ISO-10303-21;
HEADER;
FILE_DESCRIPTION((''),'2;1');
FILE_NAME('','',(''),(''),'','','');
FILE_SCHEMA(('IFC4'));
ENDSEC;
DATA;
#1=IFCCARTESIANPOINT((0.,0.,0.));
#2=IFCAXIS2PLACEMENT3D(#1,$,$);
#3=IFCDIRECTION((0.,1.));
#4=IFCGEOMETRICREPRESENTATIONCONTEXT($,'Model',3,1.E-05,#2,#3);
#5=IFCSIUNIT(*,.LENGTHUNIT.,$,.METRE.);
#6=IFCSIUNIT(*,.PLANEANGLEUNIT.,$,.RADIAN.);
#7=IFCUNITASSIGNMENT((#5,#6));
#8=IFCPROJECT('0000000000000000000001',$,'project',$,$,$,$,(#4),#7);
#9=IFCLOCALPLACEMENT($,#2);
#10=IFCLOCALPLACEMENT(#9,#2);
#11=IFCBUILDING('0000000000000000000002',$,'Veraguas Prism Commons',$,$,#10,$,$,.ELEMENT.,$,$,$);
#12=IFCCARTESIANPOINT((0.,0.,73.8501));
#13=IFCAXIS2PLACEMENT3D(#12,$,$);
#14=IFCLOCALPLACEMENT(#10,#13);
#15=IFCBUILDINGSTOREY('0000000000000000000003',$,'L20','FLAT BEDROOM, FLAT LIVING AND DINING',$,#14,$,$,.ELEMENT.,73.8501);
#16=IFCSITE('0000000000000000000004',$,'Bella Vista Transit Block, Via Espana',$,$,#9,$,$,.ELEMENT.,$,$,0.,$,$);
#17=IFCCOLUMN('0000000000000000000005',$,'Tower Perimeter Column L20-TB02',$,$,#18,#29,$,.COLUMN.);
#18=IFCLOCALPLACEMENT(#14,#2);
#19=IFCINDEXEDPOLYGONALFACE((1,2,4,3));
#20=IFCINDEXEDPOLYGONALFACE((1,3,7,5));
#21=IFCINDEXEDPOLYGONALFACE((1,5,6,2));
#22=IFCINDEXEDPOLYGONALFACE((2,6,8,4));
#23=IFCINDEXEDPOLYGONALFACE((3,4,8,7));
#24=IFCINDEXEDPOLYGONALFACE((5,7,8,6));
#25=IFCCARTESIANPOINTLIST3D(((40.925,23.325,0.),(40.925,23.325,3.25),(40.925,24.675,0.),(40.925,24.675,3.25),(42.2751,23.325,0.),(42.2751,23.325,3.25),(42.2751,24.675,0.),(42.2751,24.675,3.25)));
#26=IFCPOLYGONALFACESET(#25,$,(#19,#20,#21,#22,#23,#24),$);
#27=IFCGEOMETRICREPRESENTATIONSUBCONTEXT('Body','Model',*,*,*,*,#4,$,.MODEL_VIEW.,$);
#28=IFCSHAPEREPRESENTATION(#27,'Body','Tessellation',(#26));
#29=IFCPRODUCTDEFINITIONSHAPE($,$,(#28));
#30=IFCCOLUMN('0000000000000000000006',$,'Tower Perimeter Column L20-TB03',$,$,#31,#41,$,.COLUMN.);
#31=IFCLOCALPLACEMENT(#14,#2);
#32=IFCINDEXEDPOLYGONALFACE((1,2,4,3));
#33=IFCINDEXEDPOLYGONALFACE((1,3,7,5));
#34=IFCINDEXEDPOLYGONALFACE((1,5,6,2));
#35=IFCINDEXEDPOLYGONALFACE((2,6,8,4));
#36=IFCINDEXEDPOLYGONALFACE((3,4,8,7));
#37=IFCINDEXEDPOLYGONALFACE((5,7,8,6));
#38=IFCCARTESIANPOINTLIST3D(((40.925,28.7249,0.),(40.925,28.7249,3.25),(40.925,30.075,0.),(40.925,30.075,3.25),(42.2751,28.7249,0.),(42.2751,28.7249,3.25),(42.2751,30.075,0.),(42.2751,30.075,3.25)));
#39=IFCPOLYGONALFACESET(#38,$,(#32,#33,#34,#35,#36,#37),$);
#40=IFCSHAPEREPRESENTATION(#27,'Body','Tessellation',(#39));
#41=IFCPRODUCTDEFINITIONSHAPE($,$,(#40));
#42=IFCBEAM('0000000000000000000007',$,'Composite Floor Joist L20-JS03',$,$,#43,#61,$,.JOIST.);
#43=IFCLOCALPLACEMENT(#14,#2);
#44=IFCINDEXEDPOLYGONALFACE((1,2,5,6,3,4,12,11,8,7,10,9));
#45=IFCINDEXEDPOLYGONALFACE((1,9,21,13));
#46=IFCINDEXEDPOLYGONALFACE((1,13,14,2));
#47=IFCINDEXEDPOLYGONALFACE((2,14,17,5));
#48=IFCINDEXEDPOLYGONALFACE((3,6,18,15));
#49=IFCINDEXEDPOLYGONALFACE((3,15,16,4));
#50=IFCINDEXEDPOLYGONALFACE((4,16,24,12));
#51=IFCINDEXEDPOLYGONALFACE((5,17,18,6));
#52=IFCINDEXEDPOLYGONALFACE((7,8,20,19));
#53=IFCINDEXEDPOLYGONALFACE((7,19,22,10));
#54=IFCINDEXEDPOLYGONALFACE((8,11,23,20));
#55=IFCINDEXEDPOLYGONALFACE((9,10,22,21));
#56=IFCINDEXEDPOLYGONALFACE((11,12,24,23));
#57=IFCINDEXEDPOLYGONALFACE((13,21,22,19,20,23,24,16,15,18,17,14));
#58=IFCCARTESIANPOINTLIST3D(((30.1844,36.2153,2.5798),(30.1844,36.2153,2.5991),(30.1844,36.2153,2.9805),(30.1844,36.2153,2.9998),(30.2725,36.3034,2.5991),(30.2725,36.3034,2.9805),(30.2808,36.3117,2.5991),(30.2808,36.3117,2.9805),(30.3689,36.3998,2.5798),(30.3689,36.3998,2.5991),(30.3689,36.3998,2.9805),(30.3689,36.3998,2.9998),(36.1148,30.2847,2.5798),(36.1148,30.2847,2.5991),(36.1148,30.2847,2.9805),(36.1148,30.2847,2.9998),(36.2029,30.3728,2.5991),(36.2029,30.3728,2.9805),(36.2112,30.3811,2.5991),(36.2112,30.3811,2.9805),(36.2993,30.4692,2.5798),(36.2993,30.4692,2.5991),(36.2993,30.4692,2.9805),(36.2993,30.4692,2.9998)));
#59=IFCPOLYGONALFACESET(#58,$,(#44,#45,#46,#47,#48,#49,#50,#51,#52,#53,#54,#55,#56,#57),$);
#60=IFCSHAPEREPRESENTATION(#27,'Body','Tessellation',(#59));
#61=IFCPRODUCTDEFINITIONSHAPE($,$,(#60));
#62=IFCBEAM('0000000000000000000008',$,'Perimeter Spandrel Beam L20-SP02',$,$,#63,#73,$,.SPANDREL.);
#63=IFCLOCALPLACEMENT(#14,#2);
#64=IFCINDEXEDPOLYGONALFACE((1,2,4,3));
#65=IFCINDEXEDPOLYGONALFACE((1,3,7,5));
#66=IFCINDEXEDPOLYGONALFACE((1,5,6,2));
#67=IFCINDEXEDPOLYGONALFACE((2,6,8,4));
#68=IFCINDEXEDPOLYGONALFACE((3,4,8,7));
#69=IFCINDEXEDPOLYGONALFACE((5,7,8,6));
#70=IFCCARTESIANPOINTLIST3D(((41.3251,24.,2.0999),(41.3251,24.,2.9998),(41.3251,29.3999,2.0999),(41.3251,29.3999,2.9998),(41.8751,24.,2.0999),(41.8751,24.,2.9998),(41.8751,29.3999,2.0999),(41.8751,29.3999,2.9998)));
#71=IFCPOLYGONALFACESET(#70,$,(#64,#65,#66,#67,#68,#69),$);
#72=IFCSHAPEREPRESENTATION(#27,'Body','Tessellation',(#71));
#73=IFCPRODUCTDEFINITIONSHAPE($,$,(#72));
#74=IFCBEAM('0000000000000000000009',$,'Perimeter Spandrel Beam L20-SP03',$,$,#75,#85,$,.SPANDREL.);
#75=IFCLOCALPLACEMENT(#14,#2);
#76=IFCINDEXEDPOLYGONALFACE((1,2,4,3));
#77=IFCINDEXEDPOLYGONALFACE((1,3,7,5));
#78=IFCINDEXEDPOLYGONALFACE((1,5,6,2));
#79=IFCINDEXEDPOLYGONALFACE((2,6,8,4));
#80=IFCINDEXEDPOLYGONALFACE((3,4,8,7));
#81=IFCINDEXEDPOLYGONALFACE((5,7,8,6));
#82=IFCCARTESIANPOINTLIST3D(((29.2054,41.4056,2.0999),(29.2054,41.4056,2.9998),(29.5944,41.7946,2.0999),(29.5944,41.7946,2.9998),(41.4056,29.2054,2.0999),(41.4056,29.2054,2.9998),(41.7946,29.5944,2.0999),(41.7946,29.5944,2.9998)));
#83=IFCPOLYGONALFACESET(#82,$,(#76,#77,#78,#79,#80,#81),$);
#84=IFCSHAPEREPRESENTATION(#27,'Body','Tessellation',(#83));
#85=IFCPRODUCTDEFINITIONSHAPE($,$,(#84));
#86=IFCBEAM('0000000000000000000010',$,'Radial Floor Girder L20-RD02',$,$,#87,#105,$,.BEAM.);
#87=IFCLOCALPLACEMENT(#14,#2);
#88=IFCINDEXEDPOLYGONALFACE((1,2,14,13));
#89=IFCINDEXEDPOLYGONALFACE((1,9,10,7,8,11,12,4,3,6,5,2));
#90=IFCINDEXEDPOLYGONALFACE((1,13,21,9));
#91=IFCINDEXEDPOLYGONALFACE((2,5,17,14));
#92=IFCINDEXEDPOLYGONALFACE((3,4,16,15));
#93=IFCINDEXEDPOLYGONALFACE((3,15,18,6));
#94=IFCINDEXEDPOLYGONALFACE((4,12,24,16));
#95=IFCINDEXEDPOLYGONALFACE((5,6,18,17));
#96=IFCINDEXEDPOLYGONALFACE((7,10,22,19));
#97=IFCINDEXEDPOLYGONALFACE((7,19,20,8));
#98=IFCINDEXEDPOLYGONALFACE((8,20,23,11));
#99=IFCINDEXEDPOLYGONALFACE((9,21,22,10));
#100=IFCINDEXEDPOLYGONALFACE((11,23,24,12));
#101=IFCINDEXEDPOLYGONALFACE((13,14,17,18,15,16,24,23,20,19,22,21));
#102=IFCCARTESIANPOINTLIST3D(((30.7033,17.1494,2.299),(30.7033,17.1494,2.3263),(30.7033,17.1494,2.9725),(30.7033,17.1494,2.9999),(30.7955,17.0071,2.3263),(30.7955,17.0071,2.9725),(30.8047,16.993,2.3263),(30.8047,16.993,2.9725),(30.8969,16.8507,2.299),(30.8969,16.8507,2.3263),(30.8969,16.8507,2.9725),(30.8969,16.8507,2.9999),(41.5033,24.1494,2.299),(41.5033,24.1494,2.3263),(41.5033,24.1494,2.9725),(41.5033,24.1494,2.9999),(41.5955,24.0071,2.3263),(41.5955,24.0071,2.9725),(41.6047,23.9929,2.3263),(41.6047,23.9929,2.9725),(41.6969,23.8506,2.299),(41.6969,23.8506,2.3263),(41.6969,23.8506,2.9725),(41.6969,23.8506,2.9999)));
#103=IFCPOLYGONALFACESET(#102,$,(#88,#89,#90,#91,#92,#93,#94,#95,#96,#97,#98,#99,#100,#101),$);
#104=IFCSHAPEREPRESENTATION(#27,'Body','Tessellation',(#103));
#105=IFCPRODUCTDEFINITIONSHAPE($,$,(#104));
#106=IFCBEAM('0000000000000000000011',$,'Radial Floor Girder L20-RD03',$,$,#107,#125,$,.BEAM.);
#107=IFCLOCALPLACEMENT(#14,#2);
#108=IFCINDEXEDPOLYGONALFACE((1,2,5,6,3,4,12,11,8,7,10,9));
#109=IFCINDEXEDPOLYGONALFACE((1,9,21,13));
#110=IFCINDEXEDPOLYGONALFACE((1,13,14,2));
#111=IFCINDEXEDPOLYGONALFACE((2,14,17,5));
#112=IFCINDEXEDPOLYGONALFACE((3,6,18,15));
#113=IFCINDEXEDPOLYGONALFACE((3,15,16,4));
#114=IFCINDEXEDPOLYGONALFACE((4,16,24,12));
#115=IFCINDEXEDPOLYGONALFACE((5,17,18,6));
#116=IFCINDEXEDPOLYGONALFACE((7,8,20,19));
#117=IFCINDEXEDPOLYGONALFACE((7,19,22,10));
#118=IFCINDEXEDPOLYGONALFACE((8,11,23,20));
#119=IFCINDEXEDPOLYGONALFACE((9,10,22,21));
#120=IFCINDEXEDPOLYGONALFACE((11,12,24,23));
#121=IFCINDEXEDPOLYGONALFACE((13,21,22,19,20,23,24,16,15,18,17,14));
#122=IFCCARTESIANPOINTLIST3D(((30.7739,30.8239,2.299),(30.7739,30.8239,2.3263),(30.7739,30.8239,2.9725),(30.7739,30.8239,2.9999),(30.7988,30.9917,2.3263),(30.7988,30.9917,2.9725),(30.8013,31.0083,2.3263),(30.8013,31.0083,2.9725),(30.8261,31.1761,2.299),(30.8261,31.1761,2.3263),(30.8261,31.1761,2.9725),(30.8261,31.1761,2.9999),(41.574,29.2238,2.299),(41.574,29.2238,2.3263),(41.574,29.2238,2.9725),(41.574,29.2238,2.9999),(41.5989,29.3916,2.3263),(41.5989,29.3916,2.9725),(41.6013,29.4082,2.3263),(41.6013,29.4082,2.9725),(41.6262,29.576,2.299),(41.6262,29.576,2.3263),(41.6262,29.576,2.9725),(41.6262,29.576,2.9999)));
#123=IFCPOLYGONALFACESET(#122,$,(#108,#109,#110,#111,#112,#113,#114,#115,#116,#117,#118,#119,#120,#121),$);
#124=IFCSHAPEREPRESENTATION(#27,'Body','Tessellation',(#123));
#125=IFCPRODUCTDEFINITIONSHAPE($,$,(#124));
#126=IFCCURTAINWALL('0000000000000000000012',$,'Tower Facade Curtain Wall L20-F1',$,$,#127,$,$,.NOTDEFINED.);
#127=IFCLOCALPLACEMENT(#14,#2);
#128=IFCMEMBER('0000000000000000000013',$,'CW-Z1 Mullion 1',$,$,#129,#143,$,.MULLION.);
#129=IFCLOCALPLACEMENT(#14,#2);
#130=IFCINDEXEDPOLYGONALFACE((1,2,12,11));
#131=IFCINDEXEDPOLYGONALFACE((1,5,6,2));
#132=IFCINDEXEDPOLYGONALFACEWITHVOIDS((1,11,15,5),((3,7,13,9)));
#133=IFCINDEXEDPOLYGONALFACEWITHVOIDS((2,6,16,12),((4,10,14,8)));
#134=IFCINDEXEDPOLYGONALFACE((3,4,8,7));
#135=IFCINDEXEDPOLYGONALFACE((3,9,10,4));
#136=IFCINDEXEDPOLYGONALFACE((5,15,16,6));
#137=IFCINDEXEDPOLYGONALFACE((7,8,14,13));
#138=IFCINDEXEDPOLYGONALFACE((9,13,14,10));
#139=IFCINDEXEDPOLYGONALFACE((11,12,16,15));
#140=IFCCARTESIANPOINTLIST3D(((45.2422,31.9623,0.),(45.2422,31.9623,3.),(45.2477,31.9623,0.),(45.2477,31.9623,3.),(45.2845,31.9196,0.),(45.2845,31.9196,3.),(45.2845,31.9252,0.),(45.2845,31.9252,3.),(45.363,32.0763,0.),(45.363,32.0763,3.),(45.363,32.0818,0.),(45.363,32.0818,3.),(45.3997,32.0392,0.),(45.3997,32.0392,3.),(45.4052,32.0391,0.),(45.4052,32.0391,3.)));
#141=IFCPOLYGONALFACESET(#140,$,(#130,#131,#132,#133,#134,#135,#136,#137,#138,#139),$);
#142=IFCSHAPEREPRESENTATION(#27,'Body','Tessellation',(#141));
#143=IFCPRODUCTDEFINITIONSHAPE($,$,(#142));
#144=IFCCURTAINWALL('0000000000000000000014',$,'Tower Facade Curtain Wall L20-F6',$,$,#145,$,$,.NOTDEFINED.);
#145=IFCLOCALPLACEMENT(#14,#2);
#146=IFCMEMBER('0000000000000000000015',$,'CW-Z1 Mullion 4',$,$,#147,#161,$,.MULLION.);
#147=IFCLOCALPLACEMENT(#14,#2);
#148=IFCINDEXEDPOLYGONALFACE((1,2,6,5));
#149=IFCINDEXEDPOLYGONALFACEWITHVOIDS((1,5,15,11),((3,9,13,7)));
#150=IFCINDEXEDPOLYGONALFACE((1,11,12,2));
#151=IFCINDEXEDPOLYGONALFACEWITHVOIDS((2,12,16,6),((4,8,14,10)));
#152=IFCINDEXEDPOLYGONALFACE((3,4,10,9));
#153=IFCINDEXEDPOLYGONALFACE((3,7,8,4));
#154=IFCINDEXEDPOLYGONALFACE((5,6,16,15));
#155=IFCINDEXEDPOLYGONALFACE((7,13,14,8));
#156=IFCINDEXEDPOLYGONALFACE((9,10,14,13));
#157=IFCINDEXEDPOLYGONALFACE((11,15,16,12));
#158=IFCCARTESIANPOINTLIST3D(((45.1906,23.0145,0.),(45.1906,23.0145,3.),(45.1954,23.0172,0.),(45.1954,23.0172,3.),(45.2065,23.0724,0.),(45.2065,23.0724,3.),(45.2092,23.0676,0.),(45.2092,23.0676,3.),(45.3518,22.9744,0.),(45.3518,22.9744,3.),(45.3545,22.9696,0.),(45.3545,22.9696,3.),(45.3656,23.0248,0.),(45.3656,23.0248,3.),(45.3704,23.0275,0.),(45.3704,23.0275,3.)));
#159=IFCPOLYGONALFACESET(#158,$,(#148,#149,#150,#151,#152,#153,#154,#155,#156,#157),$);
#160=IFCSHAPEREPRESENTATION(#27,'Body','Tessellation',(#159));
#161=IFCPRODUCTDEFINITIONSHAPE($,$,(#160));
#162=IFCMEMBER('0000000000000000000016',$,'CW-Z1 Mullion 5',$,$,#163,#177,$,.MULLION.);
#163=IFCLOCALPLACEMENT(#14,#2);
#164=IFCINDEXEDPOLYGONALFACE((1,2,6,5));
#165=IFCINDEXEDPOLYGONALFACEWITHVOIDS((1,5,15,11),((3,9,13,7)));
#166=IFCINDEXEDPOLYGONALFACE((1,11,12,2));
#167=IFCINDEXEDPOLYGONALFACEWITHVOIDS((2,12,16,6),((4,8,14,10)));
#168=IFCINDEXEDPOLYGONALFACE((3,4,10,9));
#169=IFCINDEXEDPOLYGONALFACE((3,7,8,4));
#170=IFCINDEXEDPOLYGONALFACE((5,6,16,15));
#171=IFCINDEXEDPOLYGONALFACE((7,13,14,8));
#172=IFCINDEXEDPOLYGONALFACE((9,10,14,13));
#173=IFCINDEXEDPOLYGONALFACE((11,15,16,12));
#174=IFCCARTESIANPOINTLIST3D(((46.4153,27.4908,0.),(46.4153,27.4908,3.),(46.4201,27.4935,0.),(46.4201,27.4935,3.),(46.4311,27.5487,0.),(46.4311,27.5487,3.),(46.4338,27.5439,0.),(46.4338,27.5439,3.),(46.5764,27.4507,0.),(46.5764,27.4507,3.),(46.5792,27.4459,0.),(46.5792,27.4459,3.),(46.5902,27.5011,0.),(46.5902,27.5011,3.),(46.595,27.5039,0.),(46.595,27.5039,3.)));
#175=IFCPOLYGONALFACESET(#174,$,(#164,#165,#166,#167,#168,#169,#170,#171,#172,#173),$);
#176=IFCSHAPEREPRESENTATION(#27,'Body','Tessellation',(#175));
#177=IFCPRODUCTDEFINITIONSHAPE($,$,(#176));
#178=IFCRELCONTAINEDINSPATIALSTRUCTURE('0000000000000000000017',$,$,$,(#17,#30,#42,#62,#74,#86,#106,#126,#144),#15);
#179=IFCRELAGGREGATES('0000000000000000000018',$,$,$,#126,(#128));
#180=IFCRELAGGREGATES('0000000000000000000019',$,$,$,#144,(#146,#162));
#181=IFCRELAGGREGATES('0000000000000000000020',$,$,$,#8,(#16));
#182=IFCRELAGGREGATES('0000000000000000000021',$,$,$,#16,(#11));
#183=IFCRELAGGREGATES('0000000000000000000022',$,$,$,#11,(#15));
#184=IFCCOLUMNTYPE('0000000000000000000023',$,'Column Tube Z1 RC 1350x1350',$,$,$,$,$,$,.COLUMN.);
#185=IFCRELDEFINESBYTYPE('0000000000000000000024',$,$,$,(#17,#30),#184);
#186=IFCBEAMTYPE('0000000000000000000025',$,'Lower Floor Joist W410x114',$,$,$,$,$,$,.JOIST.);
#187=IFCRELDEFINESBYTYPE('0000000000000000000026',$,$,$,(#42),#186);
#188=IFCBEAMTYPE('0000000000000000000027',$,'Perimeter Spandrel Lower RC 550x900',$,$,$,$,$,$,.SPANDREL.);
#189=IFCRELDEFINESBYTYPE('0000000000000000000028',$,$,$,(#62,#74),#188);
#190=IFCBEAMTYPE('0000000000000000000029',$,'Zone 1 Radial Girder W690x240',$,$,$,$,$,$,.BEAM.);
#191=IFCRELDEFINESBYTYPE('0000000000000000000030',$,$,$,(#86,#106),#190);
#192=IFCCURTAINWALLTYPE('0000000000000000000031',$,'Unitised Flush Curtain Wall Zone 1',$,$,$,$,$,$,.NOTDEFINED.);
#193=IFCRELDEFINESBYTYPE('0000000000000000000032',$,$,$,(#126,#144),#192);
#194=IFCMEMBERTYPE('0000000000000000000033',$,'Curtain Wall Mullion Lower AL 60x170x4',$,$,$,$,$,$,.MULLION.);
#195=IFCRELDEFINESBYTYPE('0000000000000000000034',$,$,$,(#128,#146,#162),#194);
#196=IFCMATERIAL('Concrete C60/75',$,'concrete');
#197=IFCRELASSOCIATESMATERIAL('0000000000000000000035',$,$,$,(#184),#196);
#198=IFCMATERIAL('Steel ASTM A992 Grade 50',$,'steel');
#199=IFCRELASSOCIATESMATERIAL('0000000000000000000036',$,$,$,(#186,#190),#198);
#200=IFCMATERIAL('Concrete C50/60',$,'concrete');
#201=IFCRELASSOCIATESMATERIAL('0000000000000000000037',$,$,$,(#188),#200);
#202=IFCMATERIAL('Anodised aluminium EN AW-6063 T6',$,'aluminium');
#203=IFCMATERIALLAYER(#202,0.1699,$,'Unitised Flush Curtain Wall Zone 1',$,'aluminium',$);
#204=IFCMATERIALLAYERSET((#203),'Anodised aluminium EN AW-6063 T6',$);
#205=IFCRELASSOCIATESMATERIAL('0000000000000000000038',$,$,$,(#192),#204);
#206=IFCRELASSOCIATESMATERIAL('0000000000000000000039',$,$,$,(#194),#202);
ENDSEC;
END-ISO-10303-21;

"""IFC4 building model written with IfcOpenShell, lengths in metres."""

from ifc_helpers import new_model, si_unit, direction, frame, origin, origin_2d, place, context, subcontext, project, spatial, rectangle, hollow_rectangle, i_section, extrude, source, transform, mapped, material, layer, layer_set, material_profile, profile_set, type_object, element, aggregate, save


model = new_model("IFC4")

# Units and contexts
model_context = context("Model", 3, precision=1e-05, world=origin(), true_north=direction((0.0, 1.0)))
body_context = subcontext(model_context, "Body", "Model", "MODEL_VIEW")
ifc_project = project(units=[si_unit("LENGTHUNIT", "METRE"), si_unit("PLANEANGLEUNIT", "RADIAN")], contexts=[model_context])

# Site, building, storey
site_placement = place(None, origin())
site = spatial("IfcSite", under=ifc_project, at=site_placement, Name="Bella Vista Transit Block, Via Espana", CompositionType="ELEMENT", RefElevation=0.0)
building_placement = place(site_placement, origin())
building = spatial("IfcBuilding", under=site, at=building_placement, Name="Veraguas Prism Commons", CompositionType="ELEMENT")
storey_placement = place(building_placement, frame((0.0, 0.0, 73.8501)))
storey = spatial("IfcBuildingStorey", under=building, at=storey_placement, Name="L20", Description="FLAT BEDROOM, FLAT LIVING AND DINING", CompositionType="ELEMENT", Elevation=73.8501)

# Columns
ifc_material_1 = material(Name="Concrete C60/75", Category="concrete")
ifc_material_profile_1 = material_profile(ifc_material_1, rectangle(XDim=1.3501, YDim=1.3501, at=origin_2d()), Name="RC1350X1350")
ifc_profile_set_1 = profile_set([ifc_material_profile_1], Name="Concrete C60/75")
column_type = type_object("IfcColumnType", Name="Column Tube Z1 RC 1350x1350", PredefinedType="COLUMN", material=ifc_profile_set_1)
for number, where, z_axis, x_axis, name in (
    (1, (41.6001, 24.0, 0.0), (0.0, 0.0, 1.0), (1.0, 0.0, 0.0), "Tower Perimeter Column L20-TB02"),
    (2, (41.6001, 29.3999, 0.0), (0.0, 0.0, 1.0), (1.0, 0.0, 0.0), "Tower Perimeter Column L20-TB03"),
):
    element("IfcColumn", number, at=place(storey_placement, frame(where, z_axis=z_axis, x_axis=x_axis)), inside=storey, type_object=column_type, Name=name, PredefinedType="COLUMN", context=body_context, shape_type="SweptSolid", body=[
        extrude(rectangle(XDim=1.3501, YDim=1.3501, at=origin_2d()), origin(), (0.0, 0.0, 1.0), 3.25),
    ])

# Beams
ifc_material_2 = material(Name="Steel ASTM A992 Grade 50", Category="steel")
ifc_material_profile_2 = material_profile(ifc_material_2, i_section(OverallWidth=0.261, OverallDepth=0.4199, WebThickness=0.0117, FlangeThickness=0.0193, at=origin_2d()), Name="W410X114")
ifc_profile_set_2 = profile_set([ifc_material_profile_2], Name="Steel ASTM A992 Grade 50")
beam_type_1 = type_object("IfcBeamType", Name="Lower Floor Joist W410x114", PredefinedType="JOIST", material=ifc_profile_set_2)
beam_1_placement = place(storey_placement, frame((36.207, 30.377, 2.7898), z_axis=(-0.707092, 0.707121, 0.0), x_axis=(-0.707121, -0.707092, 0.0)))
element("IfcBeam", 3, at=beam_1_placement, inside=storey, type_object=beam_type_1, Name="Composite Floor Joist L20-JS03", PredefinedType="JOIST", context=body_context, shape_type="SweptSolid", body=[
    extrude(i_section(OverallWidth=0.261, OverallDepth=0.4199, WebThickness=0.0117, FlangeThickness=0.0193, at=origin_2d()), origin(), (0.0, 0.0, 1.0), 8.387),
])
ifc_material_3 = material(Name="Concrete C50/60", Category="concrete")
ifc_material_profile_3 = material_profile(ifc_material_3, rectangle(XDim=0.55, YDim=0.8999, at=origin_2d()), Name="RC550X900")
ifc_profile_set_3 = profile_set([ifc_material_profile_3], Name="Concrete C50/60")
beam_type_2 = type_object("IfcBeamType", Name="Perimeter Spandrel Lower RC 550x900", PredefinedType="SPANDREL", material=ifc_profile_set_3)
beam_2_placement = place(storey_placement, frame((41.6001, 24.0, 2.5498), z_axis=(0.0, 1.0, 0.0), x_axis=(-1.0, 0.0, 0.0)))
element("IfcBeam", 4, at=beam_2_placement, inside=storey, type_object=beam_type_2, Name="Perimeter Spandrel Beam L20-SP02", PredefinedType="SPANDREL", context=body_context, shape_type="SweptSolid", body=[
    extrude(rectangle(XDim=0.55, YDim=0.8999, at=origin_2d()), origin(), (0.0, 0.0, 1.0), 5.3999),
])
beam_3_placement = place(storey_placement, frame((41.6001, 29.3999, 2.5498), z_axis=(-0.707107, 0.707107, 0.0), x_axis=(-0.707107, -0.707107, 0.0)))
element("IfcBeam", 5, at=beam_3_placement, inside=storey, type_object=beam_type_2, Name="Perimeter Spandrel Beam L20-SP03", PredefinedType="SPANDREL", context=body_context, shape_type="SweptSolid", body=[
    extrude(rectangle(XDim=0.55, YDim=0.8999, at=origin_2d()), origin(), (0.0, 0.0, 1.0), 17.2537),
])
ifc_material_profile_4 = material_profile(ifc_material_2, i_section(OverallWidth=0.356, OverallDepth=0.7009, WebThickness=0.0168, FlangeThickness=0.0273, at=origin_2d()), Name="W690X240")
ifc_profile_set_4 = profile_set([ifc_material_profile_4], Name="Steel ASTM A992 Grade 50")
beam_type_3 = type_object("IfcBeamType", Name="Zone 1 Radial Girder W690x240", PredefinedType="BEAM", material=ifc_profile_set_4)
beam_4_placement = place(storey_placement, frame((41.6001, 24.0, 2.6494), z_axis=(-0.839154, -0.543894, 0.0), x_axis=(0.543894, -0.839154, 0.0)))
element("IfcBeam", 6, at=beam_4_placement, inside=storey, type_object=beam_type_3, Name="Radial Floor Girder L20-RD02", PredefinedType="BEAM", context=body_context, shape_type="SweptSolid", body=[
    extrude(i_section(OverallWidth=0.356, OverallDepth=0.7009, WebThickness=0.0168, FlangeThickness=0.0273, at=origin_2d()), origin(), (0.0, 0.0, 1.0), 12.8701),
])
beam_5_placement = place(storey_placement, frame((41.6001, 29.3999, 2.6494), z_axis=(-0.989202, 0.146557, 0.0), x_axis=(-0.146557, -0.989202, 0.0)))
element("IfcBeam", 7, at=beam_5_placement, inside=storey, type_object=beam_type_3, Name="Radial Floor Girder L20-RD03", PredefinedType="BEAM", context=body_context, shape_type="SweptSolid", body=[
    extrude(i_section(OverallWidth=0.356, OverallDepth=0.7009, WebThickness=0.0168, FlangeThickness=0.0273, at=origin_2d()), origin(), (0.0, 0.0, 1.0), 10.918),
])

# Curtain wall, member
ifc_material_4 = material(Name="Anodised aluminium EN AW-6063 T6", Category="aluminium")
ifc_layer_1 = layer(ifc_material_4, 0.1699, Name="Unitised Flush Curtain Wall Zone 1", Category="aluminium")
ifc_layer_set_1 = layer_set([ifc_layer_1], Name="Anodised aluminium EN AW-6063 T6")
curtain_wall_type = type_object("IfcCurtainWallType", Name="Unitised Flush Curtain Wall Zone 1", PredefinedType="NOTDEFINED", material=ifc_layer_set_1)
curtain_wall_1_placement = place(storey_placement, origin())
curtain_wall_1 = element("IfcCurtainWall", 8, at=curtain_wall_1_placement, inside=storey, type_object=curtain_wall_type, Name="Tower Facade Curtain Wall L20-F1", PredefinedType="NOTDEFINED")
ifc_material_profile_5 = material_profile(ifc_material_4, hollow_rectangle(XDim=0.0601, YDim=0.1699, WallThickness=0.0039, at=origin_2d()), Name="AL60X170X4")
ifc_profile_set_5 = profile_set([ifc_material_profile_5], Name="Anodised aluminium EN AW-6063 T6")
member_type = type_object("IfcMemberType", Name="Curtain Wall Mullion Lower AL 60x170x4", PredefinedType="MULLION", material=ifc_profile_set_5)
shared_shape_1 = source(origin(), body_context, "Body", "SweptSolid", [
    extrude(hollow_rectangle(XDim=0.0601, YDim=0.1699, WallThickness=0.0039, at=origin_2d()), origin(), (0.0, 0.0, 1.0), 3.0),
])
member_1_placement = place(storey_placement, frame((45.3237, 32.0007, 0.0), z_axis=(0.0, 0.0, 1.0), x_axis=(-0.703393, 0.710801, 0.0)))
member_1 = element("IfcMember", 9, at=member_1_placement, type_object=member_type, Name="CW-Z1 Mullion 1", PredefinedType="MULLION", context=body_context, shape_type="MappedRepresentation", body=[
    mapped(shared_shape_1, transform((0.0, 0.0, 0.0), scale=1.0)),
])
aggregate(curtain_wall_1, [member_1])

# Curtain wall, members
curtain_wall_2_placement = place(storey_placement, origin())
curtain_wall_2 = element("IfcCurtainWall", 10, at=curtain_wall_2_placement, inside=storey, type_object=curtain_wall_type, Name="Tower Facade Curtain Wall L20-F6", PredefinedType="NOTDEFINED")
member_2_placement = place(storey_placement, frame((45.2805, 23.021, 0.0), z_axis=(0.0, 0.0, 1.0), x_axis=(0.26388, 0.964556, 0.0)))
member_2 = element("IfcMember", 11, at=member_2_placement, type_object=member_type, Name="CW-Z1 Mullion 4", PredefinedType="MULLION", context=body_context, shape_type="MappedRepresentation", body=[
    mapped(shared_shape_1, transform((0.0, 0.0, 0.0), scale=1.0)),
])
member_3_placement = place(storey_placement, frame((46.5051, 27.4973, 0.0), z_axis=(0.0, 0.0, 1.0), x_axis=(0.26388, 0.964556, 0.0)))
member_3 = element("IfcMember", 12, at=member_3_placement, type_object=member_type, Name="CW-Z1 Mullion 5", PredefinedType="MULLION", context=body_context, shape_type="MappedRepresentation", body=[
    mapped(shared_shape_1, transform((0.0, 0.0, 0.0), scale=1.0)),
])
aggregate(curtain_wall_2, [member_2, member_3])

save(model, "model.ifc")
